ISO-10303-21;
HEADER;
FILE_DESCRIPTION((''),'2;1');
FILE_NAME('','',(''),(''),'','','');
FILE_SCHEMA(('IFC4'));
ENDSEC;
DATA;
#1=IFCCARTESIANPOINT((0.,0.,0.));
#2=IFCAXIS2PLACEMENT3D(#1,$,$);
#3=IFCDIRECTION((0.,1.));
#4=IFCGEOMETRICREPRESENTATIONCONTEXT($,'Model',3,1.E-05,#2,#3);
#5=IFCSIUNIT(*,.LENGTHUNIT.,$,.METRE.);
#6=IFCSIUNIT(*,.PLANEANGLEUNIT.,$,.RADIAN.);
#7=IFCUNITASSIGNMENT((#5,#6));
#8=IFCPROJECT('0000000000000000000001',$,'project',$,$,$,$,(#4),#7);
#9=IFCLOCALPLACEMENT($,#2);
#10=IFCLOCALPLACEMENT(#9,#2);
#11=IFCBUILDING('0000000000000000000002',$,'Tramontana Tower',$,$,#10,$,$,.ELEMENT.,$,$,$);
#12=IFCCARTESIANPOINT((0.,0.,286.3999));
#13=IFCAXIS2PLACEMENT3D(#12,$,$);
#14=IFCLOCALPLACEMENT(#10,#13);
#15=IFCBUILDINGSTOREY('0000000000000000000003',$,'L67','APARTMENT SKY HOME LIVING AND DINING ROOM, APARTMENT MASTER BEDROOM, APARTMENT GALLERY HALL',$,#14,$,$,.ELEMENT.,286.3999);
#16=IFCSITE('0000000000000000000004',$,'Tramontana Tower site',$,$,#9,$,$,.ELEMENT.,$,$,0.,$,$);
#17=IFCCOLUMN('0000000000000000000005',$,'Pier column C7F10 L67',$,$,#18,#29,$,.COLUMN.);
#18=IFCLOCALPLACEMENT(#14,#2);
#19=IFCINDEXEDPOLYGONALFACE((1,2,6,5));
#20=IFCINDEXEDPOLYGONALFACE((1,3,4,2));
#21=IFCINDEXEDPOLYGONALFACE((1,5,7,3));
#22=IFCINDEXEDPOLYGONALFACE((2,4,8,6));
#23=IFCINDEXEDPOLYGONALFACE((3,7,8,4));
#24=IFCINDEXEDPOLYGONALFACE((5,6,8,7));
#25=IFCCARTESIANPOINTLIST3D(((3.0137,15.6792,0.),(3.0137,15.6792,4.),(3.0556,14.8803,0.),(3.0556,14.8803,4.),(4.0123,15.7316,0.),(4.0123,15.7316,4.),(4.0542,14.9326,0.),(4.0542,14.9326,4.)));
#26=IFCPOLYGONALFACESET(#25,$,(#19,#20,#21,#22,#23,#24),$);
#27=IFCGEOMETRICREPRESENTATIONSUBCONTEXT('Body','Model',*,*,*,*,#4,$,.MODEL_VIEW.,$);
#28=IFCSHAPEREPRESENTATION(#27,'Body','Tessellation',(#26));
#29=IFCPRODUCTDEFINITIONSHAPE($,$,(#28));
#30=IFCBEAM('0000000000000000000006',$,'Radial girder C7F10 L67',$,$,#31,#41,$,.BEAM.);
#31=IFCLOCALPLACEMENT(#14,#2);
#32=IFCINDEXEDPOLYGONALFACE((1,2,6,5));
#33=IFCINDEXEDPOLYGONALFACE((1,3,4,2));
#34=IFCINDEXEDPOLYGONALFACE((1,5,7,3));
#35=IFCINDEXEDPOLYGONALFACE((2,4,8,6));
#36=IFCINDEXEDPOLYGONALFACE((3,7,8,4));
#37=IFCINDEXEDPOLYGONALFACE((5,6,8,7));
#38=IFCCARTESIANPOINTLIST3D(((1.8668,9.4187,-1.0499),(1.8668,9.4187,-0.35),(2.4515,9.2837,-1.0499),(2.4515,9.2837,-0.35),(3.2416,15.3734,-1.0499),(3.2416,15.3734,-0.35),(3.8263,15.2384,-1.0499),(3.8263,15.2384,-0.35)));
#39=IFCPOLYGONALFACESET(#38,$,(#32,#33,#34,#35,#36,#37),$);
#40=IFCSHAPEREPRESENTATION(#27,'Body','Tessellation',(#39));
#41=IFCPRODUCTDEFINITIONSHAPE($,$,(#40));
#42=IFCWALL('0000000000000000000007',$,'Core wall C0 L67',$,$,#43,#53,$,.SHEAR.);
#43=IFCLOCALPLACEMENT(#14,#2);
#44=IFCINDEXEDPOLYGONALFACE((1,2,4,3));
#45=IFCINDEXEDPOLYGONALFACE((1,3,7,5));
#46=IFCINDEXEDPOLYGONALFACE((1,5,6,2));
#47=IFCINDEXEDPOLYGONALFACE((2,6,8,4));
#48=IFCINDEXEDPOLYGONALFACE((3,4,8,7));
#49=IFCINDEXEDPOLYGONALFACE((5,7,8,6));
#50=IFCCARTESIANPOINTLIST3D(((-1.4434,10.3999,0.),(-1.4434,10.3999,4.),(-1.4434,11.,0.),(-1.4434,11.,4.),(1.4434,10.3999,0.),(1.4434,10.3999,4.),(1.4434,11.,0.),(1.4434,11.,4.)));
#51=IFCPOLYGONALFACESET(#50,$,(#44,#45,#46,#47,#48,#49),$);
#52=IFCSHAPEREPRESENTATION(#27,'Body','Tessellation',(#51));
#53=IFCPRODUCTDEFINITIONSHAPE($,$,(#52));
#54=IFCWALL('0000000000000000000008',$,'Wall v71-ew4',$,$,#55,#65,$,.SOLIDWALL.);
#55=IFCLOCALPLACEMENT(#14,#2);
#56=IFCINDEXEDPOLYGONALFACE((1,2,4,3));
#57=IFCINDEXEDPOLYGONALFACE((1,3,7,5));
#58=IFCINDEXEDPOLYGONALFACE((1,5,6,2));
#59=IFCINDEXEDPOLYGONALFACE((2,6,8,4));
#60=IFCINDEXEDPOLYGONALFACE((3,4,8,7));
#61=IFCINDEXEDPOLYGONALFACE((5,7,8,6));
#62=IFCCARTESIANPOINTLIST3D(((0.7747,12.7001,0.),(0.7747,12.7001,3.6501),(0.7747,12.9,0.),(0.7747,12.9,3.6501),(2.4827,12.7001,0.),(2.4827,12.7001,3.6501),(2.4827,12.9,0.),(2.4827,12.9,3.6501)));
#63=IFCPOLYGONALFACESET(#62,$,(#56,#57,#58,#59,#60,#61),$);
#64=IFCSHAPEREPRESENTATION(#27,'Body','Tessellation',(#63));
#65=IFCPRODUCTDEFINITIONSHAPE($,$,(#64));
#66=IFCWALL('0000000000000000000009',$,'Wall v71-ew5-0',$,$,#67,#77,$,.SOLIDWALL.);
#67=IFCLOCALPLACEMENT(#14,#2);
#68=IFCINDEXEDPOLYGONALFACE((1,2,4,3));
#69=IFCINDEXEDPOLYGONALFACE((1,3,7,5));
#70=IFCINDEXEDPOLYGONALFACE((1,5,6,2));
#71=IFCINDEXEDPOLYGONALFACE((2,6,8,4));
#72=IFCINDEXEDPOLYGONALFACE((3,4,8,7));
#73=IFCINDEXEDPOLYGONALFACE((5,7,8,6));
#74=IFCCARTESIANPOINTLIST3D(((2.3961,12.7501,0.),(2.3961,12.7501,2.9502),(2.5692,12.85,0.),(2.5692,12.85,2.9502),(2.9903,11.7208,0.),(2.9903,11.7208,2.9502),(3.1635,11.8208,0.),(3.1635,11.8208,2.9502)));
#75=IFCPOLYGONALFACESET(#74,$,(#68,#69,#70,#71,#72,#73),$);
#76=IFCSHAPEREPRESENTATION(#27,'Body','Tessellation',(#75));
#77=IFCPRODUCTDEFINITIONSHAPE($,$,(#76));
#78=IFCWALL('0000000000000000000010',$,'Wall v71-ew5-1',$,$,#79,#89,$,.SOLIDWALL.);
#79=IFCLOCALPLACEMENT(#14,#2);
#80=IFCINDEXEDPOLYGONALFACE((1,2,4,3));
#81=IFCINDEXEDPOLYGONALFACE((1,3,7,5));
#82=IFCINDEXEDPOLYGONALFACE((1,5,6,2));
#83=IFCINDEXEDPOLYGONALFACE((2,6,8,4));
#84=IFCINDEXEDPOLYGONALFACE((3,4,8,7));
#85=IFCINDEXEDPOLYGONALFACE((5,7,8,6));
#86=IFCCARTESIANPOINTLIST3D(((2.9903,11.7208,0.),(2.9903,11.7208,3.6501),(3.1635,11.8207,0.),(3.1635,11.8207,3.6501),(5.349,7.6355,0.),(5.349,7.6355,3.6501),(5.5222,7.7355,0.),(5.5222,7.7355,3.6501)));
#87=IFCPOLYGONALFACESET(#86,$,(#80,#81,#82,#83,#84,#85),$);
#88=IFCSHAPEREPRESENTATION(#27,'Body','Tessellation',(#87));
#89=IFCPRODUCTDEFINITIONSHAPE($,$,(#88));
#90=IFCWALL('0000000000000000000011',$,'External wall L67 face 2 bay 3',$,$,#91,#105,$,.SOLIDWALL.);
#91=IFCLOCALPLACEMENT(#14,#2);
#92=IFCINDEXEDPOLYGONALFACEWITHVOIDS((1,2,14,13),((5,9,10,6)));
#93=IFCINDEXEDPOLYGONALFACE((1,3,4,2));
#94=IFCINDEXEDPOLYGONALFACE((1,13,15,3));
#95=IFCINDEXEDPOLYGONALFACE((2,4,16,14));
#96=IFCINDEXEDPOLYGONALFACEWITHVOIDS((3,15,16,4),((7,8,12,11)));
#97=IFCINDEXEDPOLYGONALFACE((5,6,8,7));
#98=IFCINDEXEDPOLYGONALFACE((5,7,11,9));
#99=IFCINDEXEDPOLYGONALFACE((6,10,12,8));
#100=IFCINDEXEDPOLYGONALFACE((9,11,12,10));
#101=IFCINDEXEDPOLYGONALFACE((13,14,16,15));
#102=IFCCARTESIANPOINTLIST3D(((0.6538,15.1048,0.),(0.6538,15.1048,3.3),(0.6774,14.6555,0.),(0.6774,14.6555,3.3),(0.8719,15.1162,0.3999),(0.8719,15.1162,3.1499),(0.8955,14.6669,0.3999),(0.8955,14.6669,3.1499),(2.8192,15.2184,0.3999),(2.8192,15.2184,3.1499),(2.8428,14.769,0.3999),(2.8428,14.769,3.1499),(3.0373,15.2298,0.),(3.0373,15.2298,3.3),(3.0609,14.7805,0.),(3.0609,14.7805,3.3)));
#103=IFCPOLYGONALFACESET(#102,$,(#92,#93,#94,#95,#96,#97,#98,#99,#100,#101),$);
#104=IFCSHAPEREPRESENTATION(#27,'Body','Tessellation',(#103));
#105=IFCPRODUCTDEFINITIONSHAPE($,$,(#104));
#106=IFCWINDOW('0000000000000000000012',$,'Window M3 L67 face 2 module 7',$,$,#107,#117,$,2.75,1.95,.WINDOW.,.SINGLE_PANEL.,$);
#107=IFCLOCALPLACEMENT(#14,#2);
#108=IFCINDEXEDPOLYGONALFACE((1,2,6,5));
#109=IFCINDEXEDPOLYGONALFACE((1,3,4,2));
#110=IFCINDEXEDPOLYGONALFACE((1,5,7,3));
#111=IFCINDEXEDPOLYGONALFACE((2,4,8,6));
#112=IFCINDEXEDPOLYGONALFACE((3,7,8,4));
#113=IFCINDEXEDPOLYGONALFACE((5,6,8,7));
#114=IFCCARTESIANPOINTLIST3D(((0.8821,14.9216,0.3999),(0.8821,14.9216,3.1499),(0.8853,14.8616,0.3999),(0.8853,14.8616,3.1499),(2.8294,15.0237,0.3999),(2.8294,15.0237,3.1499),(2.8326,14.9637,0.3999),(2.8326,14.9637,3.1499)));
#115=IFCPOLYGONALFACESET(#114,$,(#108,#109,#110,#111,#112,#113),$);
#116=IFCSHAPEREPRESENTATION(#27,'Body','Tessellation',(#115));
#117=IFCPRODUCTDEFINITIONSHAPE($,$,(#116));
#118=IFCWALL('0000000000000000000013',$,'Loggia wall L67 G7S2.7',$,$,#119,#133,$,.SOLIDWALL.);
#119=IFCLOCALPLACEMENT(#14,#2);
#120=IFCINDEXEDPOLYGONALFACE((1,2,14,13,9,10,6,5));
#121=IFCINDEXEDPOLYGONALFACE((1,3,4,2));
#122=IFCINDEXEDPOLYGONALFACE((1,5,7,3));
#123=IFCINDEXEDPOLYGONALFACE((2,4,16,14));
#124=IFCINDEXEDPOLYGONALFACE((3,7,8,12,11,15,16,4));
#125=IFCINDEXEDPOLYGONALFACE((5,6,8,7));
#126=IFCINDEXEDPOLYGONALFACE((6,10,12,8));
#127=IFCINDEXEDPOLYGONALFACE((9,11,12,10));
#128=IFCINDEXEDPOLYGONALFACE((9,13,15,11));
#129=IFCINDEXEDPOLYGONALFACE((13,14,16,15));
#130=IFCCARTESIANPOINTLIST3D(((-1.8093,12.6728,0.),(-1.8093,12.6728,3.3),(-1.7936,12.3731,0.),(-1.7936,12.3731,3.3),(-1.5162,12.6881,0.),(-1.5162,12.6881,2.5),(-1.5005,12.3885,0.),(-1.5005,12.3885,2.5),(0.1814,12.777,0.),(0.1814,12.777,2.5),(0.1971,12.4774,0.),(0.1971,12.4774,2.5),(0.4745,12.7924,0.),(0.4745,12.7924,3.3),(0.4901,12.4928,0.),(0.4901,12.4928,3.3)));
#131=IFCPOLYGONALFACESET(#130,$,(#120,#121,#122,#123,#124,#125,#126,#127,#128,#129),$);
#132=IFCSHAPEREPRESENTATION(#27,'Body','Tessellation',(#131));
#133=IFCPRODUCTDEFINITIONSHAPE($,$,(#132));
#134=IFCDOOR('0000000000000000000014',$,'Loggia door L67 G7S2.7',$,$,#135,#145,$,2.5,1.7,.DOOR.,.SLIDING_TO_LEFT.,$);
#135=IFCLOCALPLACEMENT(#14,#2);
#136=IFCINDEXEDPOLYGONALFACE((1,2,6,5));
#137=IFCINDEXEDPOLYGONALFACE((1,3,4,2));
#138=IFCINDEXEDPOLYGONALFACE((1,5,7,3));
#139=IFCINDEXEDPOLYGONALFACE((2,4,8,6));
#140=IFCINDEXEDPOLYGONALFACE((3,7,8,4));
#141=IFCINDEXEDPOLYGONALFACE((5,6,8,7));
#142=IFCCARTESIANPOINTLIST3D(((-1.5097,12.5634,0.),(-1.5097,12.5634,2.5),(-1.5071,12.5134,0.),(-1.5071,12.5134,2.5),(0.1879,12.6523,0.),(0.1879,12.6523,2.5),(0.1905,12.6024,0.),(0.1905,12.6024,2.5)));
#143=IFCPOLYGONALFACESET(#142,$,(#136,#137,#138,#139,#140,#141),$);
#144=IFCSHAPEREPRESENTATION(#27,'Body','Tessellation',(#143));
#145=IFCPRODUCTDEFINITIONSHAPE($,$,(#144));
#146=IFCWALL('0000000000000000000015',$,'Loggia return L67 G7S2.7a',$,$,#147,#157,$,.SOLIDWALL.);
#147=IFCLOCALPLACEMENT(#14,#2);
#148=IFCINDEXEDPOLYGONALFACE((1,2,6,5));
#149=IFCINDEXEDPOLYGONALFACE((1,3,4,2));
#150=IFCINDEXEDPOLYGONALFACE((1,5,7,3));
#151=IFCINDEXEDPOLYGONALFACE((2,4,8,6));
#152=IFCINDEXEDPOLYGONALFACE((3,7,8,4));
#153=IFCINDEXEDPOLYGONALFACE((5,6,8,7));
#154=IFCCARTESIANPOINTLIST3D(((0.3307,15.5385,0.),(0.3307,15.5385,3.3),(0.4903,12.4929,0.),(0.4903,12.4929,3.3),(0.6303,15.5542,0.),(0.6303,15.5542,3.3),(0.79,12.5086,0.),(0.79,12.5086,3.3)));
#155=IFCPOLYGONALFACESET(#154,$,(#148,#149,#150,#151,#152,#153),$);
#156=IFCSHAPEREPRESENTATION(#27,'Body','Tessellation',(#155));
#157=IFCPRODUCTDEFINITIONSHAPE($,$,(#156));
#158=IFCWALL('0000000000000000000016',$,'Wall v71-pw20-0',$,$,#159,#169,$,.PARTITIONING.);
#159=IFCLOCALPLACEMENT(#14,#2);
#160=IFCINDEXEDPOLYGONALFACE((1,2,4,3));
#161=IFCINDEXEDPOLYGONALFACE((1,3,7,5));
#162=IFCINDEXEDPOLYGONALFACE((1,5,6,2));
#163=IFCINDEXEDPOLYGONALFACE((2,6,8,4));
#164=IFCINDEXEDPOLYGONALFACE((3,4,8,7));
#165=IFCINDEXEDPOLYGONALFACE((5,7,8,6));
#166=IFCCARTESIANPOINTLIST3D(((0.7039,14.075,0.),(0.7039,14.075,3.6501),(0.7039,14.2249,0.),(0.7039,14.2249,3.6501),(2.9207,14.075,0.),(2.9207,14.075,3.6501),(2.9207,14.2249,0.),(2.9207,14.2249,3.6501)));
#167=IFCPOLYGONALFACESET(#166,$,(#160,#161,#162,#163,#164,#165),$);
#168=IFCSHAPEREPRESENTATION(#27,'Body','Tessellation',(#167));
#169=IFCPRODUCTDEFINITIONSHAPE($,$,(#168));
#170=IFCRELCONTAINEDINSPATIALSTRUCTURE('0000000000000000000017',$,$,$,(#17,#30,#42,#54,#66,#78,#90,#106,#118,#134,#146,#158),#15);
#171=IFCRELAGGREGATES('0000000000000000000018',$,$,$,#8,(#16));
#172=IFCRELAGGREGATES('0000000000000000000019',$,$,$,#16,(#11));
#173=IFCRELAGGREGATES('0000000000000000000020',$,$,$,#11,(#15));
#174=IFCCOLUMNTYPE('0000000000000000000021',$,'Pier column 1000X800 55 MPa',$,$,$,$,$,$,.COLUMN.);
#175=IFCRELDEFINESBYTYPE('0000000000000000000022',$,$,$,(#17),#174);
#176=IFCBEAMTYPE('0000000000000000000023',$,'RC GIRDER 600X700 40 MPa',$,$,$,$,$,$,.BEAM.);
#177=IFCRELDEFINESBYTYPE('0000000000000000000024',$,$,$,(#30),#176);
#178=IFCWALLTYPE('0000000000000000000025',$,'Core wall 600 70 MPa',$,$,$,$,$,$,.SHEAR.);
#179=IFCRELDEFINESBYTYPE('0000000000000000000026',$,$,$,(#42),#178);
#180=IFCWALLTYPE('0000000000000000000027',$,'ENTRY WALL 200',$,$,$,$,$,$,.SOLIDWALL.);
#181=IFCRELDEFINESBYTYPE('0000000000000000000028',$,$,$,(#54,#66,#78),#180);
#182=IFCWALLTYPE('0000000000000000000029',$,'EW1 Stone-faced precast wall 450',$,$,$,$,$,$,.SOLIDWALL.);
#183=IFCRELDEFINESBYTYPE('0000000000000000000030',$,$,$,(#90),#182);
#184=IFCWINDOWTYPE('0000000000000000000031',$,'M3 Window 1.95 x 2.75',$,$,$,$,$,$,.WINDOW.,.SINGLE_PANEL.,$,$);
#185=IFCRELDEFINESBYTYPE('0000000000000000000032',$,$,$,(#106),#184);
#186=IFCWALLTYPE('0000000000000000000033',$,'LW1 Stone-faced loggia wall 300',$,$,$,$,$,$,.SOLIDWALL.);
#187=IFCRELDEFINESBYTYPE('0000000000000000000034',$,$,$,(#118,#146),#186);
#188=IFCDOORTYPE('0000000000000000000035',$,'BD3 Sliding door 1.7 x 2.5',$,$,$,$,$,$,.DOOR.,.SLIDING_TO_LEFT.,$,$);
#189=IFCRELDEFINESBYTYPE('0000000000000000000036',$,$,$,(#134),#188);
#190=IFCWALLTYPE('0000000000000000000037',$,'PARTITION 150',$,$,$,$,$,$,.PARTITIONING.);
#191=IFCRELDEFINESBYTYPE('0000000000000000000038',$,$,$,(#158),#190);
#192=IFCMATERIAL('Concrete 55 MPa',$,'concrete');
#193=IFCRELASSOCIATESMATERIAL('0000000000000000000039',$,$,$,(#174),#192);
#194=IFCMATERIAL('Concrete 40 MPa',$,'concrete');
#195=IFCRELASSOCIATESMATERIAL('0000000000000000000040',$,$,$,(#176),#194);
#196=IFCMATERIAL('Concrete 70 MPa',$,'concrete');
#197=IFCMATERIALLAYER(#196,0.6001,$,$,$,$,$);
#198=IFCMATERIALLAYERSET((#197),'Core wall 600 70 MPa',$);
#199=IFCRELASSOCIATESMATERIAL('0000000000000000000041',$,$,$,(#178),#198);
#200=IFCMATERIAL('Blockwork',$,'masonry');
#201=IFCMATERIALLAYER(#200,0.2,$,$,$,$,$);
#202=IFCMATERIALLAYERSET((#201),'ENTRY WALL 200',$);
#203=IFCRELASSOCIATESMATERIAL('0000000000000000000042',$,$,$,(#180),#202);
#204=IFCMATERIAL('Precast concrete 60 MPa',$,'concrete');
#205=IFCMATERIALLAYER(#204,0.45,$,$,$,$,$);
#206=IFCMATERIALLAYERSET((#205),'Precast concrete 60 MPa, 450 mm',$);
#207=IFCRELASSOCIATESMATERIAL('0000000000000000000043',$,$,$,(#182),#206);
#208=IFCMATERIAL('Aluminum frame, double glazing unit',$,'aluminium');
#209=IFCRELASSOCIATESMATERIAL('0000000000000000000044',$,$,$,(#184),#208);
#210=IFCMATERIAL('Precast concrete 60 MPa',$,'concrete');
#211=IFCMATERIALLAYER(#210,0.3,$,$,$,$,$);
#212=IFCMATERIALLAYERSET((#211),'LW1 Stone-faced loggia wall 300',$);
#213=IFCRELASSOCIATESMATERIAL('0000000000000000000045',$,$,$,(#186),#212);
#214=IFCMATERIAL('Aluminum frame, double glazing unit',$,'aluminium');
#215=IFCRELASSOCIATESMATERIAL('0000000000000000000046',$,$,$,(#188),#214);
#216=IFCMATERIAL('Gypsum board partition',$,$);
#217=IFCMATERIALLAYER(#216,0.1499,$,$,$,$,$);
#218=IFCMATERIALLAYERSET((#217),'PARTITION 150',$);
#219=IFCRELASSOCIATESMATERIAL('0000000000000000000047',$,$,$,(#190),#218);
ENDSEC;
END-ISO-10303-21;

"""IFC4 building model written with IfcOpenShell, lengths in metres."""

from ifc_helpers import new_model, si_unit, direction, frame, frame_2d, origin, origin_2d, place, context, subcontext, project, spatial, rectangle, extrude, material, layer, layer_set, material_profile, profile_set, type_object, element, fill, save


model = new_model("IFC4")

# Units and contexts
model_context = context("Model", 3, precision=1e-05, world=origin(), true_north=direction((0.0, 1.0)))
body_context = subcontext(model_context, "Body", "Model", "MODEL_VIEW")
ifc_project = project(units=[si_unit("LENGTHUNIT", "METRE"), si_unit("PLANEANGLEUNIT", "RADIAN")], contexts=[model_context])

# Site, building, storey
site_placement = place(None, origin())
site = spatial("IfcSite", under=ifc_project, at=site_placement, Name="Tramontana Tower site", CompositionType="ELEMENT", RefElevation=0.0)
building_placement = place(site_placement, origin())
building = spatial("IfcBuilding", under=site, at=building_placement, Name="Tramontana Tower", CompositionType="ELEMENT")
storey_placement = place(building_placement, frame((0.0, 0.0, 286.3999)))
storey = spatial("IfcBuildingStorey", under=building, at=storey_placement, Name="L67", Description="APARTMENT SKY HOME LIVING AND DINING ROOM, APARTMENT MASTER BEDROOM, APARTMENT GALLERY HALL", CompositionType="ELEMENT", Elevation=286.3999)

# Column
ifc_material_1 = material(Name="Concrete 55 MPa", Category="concrete")
ifc_material_profile_1 = material_profile(ifc_material_1, rectangle(XDim=1.0, YDim=0.8, at=origin_2d()), Name="Pier column 1000X800 55 MPa")
ifc_profile_set_1 = profile_set([ifc_material_profile_1], Name="Concrete 55 MPa")
column_type = type_object("IfcColumnType", Name="Pier column 1000X800 55 MPa", PredefinedType="COLUMN", material=ifc_profile_set_1)
column_placement = place(storey_placement, frame((3.5339, 15.3059, 0.0), z_axis=(0.0, 0.0, 1.0), x_axis=(-0.99863, -0.052336, 0.0)))
element("IfcColumn", 1, at=column_placement, inside=storey, type_object=column_type, Name="Pier column C7F10 L67", PredefinedType="COLUMN", context=body_context, shape_type="SweptSolid", body=[
    extrude(rectangle(XDim=1.0, YDim=0.8, at=origin_2d()), origin(), (0.0, 0.0, 1.0), 4.0),
])

# Beam
ifc_material_2 = material(Name="Concrete 40 MPa", Category="concrete")
ifc_material_profile_2 = material_profile(ifc_material_2, rectangle(XDim=0.6001, YDim=0.7, at=origin_2d()), Name="RC GIRDER 600X700 40 MPa")
ifc_profile_set_2 = profile_set([ifc_material_profile_2], Name="Concrete 40 MPa")
beam_type = type_object("IfcBeamType", Name="RC GIRDER 600X700 40 MPa", PredefinedType="BEAM", material=ifc_profile_set_2)
beam_placement = place(storey_placement, frame((3.5339, 15.3059, -0.7), z_axis=(-0.224956, -0.974369, 0.0), x_axis=(0.974369, -0.224956, 0.0)))
element("IfcBeam", 2, at=beam_placement, inside=storey, type_object=beam_type, Name="Radial girder C7F10 L67", PredefinedType="BEAM", context=body_context, shape_type="SweptSolid", body=[
    extrude(rectangle(XDim=0.6001, YDim=0.7, at=origin_2d()), origin(), (0.0, 0.0, 1.0), 6.1113),
])

# Walls
ifc_material_3 = material(Name="Concrete 70 MPa", Category="concrete")
ifc_layer_1 = layer(ifc_material_3, 0.6001)
ifc_layer_set_1 = layer_set([ifc_layer_1], Name="Core wall 600 70 MPa")
wall_type_1 = type_object("IfcWallType", Name="Core wall 600 70 MPa", PredefinedType="SHEAR", material=ifc_layer_set_1)
wall_1_placement = place(storey_placement, frame((1.4434, 10.7, 0.0), z_axis=(0.0, 0.0, 1.0), x_axis=(-1.0, 0.0, 0.0)))
element("IfcWall", 3, at=wall_1_placement, inside=storey, type_object=wall_type_1, Name="Core wall C0 L67", PredefinedType="SHEAR", context=body_context, shape_type="SweptSolid", body=[
    extrude(rectangle(XDim=2.8867, YDim=0.6001, at=frame_2d((1.4434, 0.0))), origin(), (0.0, 0.0, 1.0), 4.0),
])
ifc_material_4 = material(Name="Blockwork", Category="masonry")
ifc_layer_2 = layer(ifc_material_4, 0.2)
ifc_layer_set_2 = layer_set([ifc_layer_2], Name="ENTRY WALL 200")
wall_type_2 = type_object("IfcWallType", Name="ENTRY WALL 200", PredefinedType="SOLIDWALL", material=ifc_layer_set_2)
wall_2_placement = place(storey_placement, frame((0.7747, 12.8, 0.0), z_axis=(0.0, 0.0, 1.0), x_axis=(1.0, 0.0, 0.0)))
element("IfcWall", 4, at=wall_2_placement, inside=storey, type_object=wall_type_2, Name="Wall v71-ew4", PredefinedType="SOLIDWALL", context=body_context, shape_type="SweptSolid", body=[
    extrude(rectangle(XDim=1.708, YDim=0.2, at=frame_2d((0.854, 0.0))), origin(), (0.0, 0.0, 1.0), 3.6501),
])
wall_3_placement = place(storey_placement, frame((2.4827, 12.8, 0.0), z_axis=(0.0, 0.0, 1.0), x_axis=(0.499983, -0.866035, 0.0)))
element("IfcWall", 5, at=wall_3_placement, inside=storey, type_object=wall_type_2, Name="Wall v71-ew5-0", PredefinedType="SOLIDWALL", context=body_context, shape_type="SweptSolid", body=[
    extrude(rectangle(XDim=1.1885, YDim=0.2, at=frame_2d((0.5942, 0.0))), origin(), (0.0, 0.0, 1.0), 2.9502),
])
wall_4_placement = place(storey_placement, frame((3.0769, 11.7708, 0.0), z_axis=(0.0, 0.0, 1.0), x_axis=(0.500008, -0.866021, 0.0)))
element("IfcWall", 6, at=wall_4_placement, inside=storey, type_object=wall_type_2, Name="Wall v71-ew5-1", PredefinedType="SOLIDWALL", context=body_context, shape_type="SweptSolid", body=[
    extrude(rectangle(XDim=4.7173, YDim=0.2, at=frame_2d((2.3586, 0.0))), origin(), (0.0, 0.0, 1.0), 3.6501),
])

# Wall, opening, window
ifc_material_5 = material(Name="Precast concrete 60 MPa", Category="concrete")
ifc_layer_3 = layer(ifc_material_5, 0.45)
ifc_layer_set_3 = layer_set([ifc_layer_3], Name="Precast concrete 60 MPa, 450 mm")
wall_type_3 = type_object("IfcWallType", Name="EW1 Stone-faced precast wall 450", PredefinedType="SOLIDWALL", material=ifc_layer_set_3)
wall_5_placement = place(storey_placement, frame((3.0491, 15.0051, 0.0), z_axis=(0.0, 0.0, 1.0), x_axis=(-0.998628, -0.052371, 0.0)))
wall_5 = element("IfcWall", 7, at=wall_5_placement, inside=storey, type_object=wall_type_3, Name="External wall L67 face 2 bay 3", PredefinedType="SOLIDWALL", context=body_context, shape_type="SweptSolid", body=[
    extrude(rectangle(XDim=2.3867, YDim=0.45, at=frame_2d((1.1934, 0.0))), origin(), (0.0, 0.0, 1.0), 3.3),
])
opening_1_placement = place(wall_5_placement, frame((0.2183, 0.0, 0.3999)))
opening_1 = element("IfcOpeningElement", 8, at=opening_1_placement, cuts=wall_5, PredefinedType="OPENING", context=body_context, shape_type="SweptSolid", body=[
    extrude(rectangle(XDim=1.95, YDim=2.75, at=frame_2d((0.9751, 1.375))), frame((0.0, 0.2349, 0.0), z_axis=(0.0, -1.0, 0.0), x_axis=(1.0, 0.0, 0.0)), (0.0, 0.0, 1.0), 0.47),
])
ifc_material_6 = material(Name="Aluminum frame, double glazing unit", Category="aluminium")
window_type = type_object("IfcWindowType", Name="M3 Window 1.95 x 2.75", PartitioningType="SINGLE_PANEL", PredefinedType="WINDOW", material=ifc_material_6)
window_placement = place(opening_1_placement, origin())
window = element("IfcWindow", 9, at=window_placement, inside=storey, type_object=window_type, Name="Window M3 L67 face 2 module 7", OverallHeight=2.75, OverallWidth=1.95, PartitioningType="SINGLE_PANEL", PredefinedType="WINDOW", context=body_context, shape_type="SweptSolid", body=[
    extrude(rectangle(XDim=1.95, YDim=2.75, at=frame_2d((0.9751, 1.375))), frame((0.0, 0.03, 0.0), z_axis=(0.0, -1.0, 0.0), x_axis=(1.0, 0.0, 0.0)), (0.0, 0.0, 1.0), 0.0601),
])
fill(opening_1, window)

# Wall, opening, door
ifc_material_7 = material(Name="Precast concrete 60 MPa", Category="concrete")
ifc_layer_4 = layer(ifc_material_7, 0.3)
ifc_layer_set_4 = layer_set([ifc_layer_4], Name="LW1 Stone-faced loggia wall 300")
wall_type_4 = type_object("IfcWallType", Name="LW1 Stone-faced loggia wall 300", PredefinedType="SOLIDWALL", material=ifc_layer_set_4)
wall_6_placement = place(storey_placement, frame((0.4824, 12.6426, 0.0), z_axis=(0.0, 0.0, 1.0), x_axis=(-0.998631, -0.052312, 0.0)))
wall_6 = element("IfcWall", 10, at=wall_6_placement, inside=storey, type_object=wall_type_4, Name="Loggia wall L67 G7S2.7", PredefinedType="SOLIDWALL", context=body_context, shape_type="SweptSolid", body=[
    extrude(rectangle(XDim=2.2869, YDim=0.3, at=frame_2d((1.1436, 0.0))), origin(), (0.0, 0.0, 1.0), 3.3),
])
opening_2_placement = place(wall_6_placement, frame((0.2935, 0.0, 0.0)))
opening_2 = element("IfcOpeningElement", 11, at=opening_2_placement, cuts=wall_6, PredefinedType="OPENING", context=body_context, shape_type="SweptSolid", body=[
    extrude(rectangle(XDim=1.7, YDim=2.5, at=frame_2d((0.8501, 1.25))), frame((0.0, 0.1599, 0.0), z_axis=(0.0, -1.0, 0.0), x_axis=(1.0, 0.0, 0.0)), (0.0, 0.0, 1.0), 0.3201),
])
ifc_material_8 = material(Name="Aluminum frame, double glazing unit", Category="aluminium")
door_type_1 = type_object("IfcDoorType", Name="BD3 Sliding door 1.7 x 2.5", OperationType="SLIDING_TO_LEFT", PredefinedType="DOOR", material=ifc_material_8)
door_1_placement = place(opening_2_placement, origin())
door_1 = element("IfcDoor", 12, at=door_1_placement, inside=storey, type_object=door_type_1, Name="Loggia door L67 G7S2.7", OperationType="SLIDING_TO_LEFT", OverallHeight=2.5, OverallWidth=1.7, PredefinedType="DOOR", context=body_context, shape_type="SweptSolid", body=[
    extrude(rectangle(XDim=1.7, YDim=2.5, at=frame_2d((0.8501, 1.25))), frame((0.0, 0.0249, 0.0), z_axis=(0.0, -1.0, 0.0), x_axis=(1.0, 0.0, 0.0)), (0.0, 0.0, 1.0), 0.05),
])
fill(opening_2, door_1)

# Walls
wall_7_placement = place(storey_placement, frame((0.4805, 15.5464, 0.0), z_axis=(0.0, 0.0, 1.0), x_axis=(0.052353, -0.998629, 0.0)))
element("IfcWall", 13, at=wall_7_placement, inside=storey, type_object=wall_type_4, Name="Loggia return L67 G7S2.7a", PredefinedType="SOLIDWALL", context=body_context, shape_type="SweptSolid", body=[
    extrude(rectangle(XDim=3.0498, YDim=0.3, at=frame_2d((1.5249, 0.0))), origin(), (0.0, 0.0, 1.0), 3.3),
])
ifc_material_9 = material(Name="Gypsum board partition")
ifc_layer_5 = layer(ifc_material_9, 0.1499)
ifc_layer_set_5 = layer_set([ifc_layer_5], Name="PARTITION 150")
wall_type_5 = type_object("IfcWallType", Name="PARTITION 150", PredefinedType="PARTITIONING", material=ifc_layer_set_5)
wall_8_placement = place(storey_placement, frame((0.7039, 14.1499, 0.0), z_axis=(0.0, 0.0, 1.0), x_axis=(1.0, 0.0, 0.0)))
element("IfcWall", 14, at=wall_8_placement, inside=storey, type_object=wall_type_5, Name="Wall v71-pw20-0", PredefinedType="PARTITIONING", context=body_context, shape_type="SweptSolid", body=[
    extrude(rectangle(XDim=2.2168, YDim=0.1499, at=frame_2d((1.1084, 0.0))), origin(), (0.0, 0.0, 1.0), 3.6501),
])

save(model, "model.ifc")
